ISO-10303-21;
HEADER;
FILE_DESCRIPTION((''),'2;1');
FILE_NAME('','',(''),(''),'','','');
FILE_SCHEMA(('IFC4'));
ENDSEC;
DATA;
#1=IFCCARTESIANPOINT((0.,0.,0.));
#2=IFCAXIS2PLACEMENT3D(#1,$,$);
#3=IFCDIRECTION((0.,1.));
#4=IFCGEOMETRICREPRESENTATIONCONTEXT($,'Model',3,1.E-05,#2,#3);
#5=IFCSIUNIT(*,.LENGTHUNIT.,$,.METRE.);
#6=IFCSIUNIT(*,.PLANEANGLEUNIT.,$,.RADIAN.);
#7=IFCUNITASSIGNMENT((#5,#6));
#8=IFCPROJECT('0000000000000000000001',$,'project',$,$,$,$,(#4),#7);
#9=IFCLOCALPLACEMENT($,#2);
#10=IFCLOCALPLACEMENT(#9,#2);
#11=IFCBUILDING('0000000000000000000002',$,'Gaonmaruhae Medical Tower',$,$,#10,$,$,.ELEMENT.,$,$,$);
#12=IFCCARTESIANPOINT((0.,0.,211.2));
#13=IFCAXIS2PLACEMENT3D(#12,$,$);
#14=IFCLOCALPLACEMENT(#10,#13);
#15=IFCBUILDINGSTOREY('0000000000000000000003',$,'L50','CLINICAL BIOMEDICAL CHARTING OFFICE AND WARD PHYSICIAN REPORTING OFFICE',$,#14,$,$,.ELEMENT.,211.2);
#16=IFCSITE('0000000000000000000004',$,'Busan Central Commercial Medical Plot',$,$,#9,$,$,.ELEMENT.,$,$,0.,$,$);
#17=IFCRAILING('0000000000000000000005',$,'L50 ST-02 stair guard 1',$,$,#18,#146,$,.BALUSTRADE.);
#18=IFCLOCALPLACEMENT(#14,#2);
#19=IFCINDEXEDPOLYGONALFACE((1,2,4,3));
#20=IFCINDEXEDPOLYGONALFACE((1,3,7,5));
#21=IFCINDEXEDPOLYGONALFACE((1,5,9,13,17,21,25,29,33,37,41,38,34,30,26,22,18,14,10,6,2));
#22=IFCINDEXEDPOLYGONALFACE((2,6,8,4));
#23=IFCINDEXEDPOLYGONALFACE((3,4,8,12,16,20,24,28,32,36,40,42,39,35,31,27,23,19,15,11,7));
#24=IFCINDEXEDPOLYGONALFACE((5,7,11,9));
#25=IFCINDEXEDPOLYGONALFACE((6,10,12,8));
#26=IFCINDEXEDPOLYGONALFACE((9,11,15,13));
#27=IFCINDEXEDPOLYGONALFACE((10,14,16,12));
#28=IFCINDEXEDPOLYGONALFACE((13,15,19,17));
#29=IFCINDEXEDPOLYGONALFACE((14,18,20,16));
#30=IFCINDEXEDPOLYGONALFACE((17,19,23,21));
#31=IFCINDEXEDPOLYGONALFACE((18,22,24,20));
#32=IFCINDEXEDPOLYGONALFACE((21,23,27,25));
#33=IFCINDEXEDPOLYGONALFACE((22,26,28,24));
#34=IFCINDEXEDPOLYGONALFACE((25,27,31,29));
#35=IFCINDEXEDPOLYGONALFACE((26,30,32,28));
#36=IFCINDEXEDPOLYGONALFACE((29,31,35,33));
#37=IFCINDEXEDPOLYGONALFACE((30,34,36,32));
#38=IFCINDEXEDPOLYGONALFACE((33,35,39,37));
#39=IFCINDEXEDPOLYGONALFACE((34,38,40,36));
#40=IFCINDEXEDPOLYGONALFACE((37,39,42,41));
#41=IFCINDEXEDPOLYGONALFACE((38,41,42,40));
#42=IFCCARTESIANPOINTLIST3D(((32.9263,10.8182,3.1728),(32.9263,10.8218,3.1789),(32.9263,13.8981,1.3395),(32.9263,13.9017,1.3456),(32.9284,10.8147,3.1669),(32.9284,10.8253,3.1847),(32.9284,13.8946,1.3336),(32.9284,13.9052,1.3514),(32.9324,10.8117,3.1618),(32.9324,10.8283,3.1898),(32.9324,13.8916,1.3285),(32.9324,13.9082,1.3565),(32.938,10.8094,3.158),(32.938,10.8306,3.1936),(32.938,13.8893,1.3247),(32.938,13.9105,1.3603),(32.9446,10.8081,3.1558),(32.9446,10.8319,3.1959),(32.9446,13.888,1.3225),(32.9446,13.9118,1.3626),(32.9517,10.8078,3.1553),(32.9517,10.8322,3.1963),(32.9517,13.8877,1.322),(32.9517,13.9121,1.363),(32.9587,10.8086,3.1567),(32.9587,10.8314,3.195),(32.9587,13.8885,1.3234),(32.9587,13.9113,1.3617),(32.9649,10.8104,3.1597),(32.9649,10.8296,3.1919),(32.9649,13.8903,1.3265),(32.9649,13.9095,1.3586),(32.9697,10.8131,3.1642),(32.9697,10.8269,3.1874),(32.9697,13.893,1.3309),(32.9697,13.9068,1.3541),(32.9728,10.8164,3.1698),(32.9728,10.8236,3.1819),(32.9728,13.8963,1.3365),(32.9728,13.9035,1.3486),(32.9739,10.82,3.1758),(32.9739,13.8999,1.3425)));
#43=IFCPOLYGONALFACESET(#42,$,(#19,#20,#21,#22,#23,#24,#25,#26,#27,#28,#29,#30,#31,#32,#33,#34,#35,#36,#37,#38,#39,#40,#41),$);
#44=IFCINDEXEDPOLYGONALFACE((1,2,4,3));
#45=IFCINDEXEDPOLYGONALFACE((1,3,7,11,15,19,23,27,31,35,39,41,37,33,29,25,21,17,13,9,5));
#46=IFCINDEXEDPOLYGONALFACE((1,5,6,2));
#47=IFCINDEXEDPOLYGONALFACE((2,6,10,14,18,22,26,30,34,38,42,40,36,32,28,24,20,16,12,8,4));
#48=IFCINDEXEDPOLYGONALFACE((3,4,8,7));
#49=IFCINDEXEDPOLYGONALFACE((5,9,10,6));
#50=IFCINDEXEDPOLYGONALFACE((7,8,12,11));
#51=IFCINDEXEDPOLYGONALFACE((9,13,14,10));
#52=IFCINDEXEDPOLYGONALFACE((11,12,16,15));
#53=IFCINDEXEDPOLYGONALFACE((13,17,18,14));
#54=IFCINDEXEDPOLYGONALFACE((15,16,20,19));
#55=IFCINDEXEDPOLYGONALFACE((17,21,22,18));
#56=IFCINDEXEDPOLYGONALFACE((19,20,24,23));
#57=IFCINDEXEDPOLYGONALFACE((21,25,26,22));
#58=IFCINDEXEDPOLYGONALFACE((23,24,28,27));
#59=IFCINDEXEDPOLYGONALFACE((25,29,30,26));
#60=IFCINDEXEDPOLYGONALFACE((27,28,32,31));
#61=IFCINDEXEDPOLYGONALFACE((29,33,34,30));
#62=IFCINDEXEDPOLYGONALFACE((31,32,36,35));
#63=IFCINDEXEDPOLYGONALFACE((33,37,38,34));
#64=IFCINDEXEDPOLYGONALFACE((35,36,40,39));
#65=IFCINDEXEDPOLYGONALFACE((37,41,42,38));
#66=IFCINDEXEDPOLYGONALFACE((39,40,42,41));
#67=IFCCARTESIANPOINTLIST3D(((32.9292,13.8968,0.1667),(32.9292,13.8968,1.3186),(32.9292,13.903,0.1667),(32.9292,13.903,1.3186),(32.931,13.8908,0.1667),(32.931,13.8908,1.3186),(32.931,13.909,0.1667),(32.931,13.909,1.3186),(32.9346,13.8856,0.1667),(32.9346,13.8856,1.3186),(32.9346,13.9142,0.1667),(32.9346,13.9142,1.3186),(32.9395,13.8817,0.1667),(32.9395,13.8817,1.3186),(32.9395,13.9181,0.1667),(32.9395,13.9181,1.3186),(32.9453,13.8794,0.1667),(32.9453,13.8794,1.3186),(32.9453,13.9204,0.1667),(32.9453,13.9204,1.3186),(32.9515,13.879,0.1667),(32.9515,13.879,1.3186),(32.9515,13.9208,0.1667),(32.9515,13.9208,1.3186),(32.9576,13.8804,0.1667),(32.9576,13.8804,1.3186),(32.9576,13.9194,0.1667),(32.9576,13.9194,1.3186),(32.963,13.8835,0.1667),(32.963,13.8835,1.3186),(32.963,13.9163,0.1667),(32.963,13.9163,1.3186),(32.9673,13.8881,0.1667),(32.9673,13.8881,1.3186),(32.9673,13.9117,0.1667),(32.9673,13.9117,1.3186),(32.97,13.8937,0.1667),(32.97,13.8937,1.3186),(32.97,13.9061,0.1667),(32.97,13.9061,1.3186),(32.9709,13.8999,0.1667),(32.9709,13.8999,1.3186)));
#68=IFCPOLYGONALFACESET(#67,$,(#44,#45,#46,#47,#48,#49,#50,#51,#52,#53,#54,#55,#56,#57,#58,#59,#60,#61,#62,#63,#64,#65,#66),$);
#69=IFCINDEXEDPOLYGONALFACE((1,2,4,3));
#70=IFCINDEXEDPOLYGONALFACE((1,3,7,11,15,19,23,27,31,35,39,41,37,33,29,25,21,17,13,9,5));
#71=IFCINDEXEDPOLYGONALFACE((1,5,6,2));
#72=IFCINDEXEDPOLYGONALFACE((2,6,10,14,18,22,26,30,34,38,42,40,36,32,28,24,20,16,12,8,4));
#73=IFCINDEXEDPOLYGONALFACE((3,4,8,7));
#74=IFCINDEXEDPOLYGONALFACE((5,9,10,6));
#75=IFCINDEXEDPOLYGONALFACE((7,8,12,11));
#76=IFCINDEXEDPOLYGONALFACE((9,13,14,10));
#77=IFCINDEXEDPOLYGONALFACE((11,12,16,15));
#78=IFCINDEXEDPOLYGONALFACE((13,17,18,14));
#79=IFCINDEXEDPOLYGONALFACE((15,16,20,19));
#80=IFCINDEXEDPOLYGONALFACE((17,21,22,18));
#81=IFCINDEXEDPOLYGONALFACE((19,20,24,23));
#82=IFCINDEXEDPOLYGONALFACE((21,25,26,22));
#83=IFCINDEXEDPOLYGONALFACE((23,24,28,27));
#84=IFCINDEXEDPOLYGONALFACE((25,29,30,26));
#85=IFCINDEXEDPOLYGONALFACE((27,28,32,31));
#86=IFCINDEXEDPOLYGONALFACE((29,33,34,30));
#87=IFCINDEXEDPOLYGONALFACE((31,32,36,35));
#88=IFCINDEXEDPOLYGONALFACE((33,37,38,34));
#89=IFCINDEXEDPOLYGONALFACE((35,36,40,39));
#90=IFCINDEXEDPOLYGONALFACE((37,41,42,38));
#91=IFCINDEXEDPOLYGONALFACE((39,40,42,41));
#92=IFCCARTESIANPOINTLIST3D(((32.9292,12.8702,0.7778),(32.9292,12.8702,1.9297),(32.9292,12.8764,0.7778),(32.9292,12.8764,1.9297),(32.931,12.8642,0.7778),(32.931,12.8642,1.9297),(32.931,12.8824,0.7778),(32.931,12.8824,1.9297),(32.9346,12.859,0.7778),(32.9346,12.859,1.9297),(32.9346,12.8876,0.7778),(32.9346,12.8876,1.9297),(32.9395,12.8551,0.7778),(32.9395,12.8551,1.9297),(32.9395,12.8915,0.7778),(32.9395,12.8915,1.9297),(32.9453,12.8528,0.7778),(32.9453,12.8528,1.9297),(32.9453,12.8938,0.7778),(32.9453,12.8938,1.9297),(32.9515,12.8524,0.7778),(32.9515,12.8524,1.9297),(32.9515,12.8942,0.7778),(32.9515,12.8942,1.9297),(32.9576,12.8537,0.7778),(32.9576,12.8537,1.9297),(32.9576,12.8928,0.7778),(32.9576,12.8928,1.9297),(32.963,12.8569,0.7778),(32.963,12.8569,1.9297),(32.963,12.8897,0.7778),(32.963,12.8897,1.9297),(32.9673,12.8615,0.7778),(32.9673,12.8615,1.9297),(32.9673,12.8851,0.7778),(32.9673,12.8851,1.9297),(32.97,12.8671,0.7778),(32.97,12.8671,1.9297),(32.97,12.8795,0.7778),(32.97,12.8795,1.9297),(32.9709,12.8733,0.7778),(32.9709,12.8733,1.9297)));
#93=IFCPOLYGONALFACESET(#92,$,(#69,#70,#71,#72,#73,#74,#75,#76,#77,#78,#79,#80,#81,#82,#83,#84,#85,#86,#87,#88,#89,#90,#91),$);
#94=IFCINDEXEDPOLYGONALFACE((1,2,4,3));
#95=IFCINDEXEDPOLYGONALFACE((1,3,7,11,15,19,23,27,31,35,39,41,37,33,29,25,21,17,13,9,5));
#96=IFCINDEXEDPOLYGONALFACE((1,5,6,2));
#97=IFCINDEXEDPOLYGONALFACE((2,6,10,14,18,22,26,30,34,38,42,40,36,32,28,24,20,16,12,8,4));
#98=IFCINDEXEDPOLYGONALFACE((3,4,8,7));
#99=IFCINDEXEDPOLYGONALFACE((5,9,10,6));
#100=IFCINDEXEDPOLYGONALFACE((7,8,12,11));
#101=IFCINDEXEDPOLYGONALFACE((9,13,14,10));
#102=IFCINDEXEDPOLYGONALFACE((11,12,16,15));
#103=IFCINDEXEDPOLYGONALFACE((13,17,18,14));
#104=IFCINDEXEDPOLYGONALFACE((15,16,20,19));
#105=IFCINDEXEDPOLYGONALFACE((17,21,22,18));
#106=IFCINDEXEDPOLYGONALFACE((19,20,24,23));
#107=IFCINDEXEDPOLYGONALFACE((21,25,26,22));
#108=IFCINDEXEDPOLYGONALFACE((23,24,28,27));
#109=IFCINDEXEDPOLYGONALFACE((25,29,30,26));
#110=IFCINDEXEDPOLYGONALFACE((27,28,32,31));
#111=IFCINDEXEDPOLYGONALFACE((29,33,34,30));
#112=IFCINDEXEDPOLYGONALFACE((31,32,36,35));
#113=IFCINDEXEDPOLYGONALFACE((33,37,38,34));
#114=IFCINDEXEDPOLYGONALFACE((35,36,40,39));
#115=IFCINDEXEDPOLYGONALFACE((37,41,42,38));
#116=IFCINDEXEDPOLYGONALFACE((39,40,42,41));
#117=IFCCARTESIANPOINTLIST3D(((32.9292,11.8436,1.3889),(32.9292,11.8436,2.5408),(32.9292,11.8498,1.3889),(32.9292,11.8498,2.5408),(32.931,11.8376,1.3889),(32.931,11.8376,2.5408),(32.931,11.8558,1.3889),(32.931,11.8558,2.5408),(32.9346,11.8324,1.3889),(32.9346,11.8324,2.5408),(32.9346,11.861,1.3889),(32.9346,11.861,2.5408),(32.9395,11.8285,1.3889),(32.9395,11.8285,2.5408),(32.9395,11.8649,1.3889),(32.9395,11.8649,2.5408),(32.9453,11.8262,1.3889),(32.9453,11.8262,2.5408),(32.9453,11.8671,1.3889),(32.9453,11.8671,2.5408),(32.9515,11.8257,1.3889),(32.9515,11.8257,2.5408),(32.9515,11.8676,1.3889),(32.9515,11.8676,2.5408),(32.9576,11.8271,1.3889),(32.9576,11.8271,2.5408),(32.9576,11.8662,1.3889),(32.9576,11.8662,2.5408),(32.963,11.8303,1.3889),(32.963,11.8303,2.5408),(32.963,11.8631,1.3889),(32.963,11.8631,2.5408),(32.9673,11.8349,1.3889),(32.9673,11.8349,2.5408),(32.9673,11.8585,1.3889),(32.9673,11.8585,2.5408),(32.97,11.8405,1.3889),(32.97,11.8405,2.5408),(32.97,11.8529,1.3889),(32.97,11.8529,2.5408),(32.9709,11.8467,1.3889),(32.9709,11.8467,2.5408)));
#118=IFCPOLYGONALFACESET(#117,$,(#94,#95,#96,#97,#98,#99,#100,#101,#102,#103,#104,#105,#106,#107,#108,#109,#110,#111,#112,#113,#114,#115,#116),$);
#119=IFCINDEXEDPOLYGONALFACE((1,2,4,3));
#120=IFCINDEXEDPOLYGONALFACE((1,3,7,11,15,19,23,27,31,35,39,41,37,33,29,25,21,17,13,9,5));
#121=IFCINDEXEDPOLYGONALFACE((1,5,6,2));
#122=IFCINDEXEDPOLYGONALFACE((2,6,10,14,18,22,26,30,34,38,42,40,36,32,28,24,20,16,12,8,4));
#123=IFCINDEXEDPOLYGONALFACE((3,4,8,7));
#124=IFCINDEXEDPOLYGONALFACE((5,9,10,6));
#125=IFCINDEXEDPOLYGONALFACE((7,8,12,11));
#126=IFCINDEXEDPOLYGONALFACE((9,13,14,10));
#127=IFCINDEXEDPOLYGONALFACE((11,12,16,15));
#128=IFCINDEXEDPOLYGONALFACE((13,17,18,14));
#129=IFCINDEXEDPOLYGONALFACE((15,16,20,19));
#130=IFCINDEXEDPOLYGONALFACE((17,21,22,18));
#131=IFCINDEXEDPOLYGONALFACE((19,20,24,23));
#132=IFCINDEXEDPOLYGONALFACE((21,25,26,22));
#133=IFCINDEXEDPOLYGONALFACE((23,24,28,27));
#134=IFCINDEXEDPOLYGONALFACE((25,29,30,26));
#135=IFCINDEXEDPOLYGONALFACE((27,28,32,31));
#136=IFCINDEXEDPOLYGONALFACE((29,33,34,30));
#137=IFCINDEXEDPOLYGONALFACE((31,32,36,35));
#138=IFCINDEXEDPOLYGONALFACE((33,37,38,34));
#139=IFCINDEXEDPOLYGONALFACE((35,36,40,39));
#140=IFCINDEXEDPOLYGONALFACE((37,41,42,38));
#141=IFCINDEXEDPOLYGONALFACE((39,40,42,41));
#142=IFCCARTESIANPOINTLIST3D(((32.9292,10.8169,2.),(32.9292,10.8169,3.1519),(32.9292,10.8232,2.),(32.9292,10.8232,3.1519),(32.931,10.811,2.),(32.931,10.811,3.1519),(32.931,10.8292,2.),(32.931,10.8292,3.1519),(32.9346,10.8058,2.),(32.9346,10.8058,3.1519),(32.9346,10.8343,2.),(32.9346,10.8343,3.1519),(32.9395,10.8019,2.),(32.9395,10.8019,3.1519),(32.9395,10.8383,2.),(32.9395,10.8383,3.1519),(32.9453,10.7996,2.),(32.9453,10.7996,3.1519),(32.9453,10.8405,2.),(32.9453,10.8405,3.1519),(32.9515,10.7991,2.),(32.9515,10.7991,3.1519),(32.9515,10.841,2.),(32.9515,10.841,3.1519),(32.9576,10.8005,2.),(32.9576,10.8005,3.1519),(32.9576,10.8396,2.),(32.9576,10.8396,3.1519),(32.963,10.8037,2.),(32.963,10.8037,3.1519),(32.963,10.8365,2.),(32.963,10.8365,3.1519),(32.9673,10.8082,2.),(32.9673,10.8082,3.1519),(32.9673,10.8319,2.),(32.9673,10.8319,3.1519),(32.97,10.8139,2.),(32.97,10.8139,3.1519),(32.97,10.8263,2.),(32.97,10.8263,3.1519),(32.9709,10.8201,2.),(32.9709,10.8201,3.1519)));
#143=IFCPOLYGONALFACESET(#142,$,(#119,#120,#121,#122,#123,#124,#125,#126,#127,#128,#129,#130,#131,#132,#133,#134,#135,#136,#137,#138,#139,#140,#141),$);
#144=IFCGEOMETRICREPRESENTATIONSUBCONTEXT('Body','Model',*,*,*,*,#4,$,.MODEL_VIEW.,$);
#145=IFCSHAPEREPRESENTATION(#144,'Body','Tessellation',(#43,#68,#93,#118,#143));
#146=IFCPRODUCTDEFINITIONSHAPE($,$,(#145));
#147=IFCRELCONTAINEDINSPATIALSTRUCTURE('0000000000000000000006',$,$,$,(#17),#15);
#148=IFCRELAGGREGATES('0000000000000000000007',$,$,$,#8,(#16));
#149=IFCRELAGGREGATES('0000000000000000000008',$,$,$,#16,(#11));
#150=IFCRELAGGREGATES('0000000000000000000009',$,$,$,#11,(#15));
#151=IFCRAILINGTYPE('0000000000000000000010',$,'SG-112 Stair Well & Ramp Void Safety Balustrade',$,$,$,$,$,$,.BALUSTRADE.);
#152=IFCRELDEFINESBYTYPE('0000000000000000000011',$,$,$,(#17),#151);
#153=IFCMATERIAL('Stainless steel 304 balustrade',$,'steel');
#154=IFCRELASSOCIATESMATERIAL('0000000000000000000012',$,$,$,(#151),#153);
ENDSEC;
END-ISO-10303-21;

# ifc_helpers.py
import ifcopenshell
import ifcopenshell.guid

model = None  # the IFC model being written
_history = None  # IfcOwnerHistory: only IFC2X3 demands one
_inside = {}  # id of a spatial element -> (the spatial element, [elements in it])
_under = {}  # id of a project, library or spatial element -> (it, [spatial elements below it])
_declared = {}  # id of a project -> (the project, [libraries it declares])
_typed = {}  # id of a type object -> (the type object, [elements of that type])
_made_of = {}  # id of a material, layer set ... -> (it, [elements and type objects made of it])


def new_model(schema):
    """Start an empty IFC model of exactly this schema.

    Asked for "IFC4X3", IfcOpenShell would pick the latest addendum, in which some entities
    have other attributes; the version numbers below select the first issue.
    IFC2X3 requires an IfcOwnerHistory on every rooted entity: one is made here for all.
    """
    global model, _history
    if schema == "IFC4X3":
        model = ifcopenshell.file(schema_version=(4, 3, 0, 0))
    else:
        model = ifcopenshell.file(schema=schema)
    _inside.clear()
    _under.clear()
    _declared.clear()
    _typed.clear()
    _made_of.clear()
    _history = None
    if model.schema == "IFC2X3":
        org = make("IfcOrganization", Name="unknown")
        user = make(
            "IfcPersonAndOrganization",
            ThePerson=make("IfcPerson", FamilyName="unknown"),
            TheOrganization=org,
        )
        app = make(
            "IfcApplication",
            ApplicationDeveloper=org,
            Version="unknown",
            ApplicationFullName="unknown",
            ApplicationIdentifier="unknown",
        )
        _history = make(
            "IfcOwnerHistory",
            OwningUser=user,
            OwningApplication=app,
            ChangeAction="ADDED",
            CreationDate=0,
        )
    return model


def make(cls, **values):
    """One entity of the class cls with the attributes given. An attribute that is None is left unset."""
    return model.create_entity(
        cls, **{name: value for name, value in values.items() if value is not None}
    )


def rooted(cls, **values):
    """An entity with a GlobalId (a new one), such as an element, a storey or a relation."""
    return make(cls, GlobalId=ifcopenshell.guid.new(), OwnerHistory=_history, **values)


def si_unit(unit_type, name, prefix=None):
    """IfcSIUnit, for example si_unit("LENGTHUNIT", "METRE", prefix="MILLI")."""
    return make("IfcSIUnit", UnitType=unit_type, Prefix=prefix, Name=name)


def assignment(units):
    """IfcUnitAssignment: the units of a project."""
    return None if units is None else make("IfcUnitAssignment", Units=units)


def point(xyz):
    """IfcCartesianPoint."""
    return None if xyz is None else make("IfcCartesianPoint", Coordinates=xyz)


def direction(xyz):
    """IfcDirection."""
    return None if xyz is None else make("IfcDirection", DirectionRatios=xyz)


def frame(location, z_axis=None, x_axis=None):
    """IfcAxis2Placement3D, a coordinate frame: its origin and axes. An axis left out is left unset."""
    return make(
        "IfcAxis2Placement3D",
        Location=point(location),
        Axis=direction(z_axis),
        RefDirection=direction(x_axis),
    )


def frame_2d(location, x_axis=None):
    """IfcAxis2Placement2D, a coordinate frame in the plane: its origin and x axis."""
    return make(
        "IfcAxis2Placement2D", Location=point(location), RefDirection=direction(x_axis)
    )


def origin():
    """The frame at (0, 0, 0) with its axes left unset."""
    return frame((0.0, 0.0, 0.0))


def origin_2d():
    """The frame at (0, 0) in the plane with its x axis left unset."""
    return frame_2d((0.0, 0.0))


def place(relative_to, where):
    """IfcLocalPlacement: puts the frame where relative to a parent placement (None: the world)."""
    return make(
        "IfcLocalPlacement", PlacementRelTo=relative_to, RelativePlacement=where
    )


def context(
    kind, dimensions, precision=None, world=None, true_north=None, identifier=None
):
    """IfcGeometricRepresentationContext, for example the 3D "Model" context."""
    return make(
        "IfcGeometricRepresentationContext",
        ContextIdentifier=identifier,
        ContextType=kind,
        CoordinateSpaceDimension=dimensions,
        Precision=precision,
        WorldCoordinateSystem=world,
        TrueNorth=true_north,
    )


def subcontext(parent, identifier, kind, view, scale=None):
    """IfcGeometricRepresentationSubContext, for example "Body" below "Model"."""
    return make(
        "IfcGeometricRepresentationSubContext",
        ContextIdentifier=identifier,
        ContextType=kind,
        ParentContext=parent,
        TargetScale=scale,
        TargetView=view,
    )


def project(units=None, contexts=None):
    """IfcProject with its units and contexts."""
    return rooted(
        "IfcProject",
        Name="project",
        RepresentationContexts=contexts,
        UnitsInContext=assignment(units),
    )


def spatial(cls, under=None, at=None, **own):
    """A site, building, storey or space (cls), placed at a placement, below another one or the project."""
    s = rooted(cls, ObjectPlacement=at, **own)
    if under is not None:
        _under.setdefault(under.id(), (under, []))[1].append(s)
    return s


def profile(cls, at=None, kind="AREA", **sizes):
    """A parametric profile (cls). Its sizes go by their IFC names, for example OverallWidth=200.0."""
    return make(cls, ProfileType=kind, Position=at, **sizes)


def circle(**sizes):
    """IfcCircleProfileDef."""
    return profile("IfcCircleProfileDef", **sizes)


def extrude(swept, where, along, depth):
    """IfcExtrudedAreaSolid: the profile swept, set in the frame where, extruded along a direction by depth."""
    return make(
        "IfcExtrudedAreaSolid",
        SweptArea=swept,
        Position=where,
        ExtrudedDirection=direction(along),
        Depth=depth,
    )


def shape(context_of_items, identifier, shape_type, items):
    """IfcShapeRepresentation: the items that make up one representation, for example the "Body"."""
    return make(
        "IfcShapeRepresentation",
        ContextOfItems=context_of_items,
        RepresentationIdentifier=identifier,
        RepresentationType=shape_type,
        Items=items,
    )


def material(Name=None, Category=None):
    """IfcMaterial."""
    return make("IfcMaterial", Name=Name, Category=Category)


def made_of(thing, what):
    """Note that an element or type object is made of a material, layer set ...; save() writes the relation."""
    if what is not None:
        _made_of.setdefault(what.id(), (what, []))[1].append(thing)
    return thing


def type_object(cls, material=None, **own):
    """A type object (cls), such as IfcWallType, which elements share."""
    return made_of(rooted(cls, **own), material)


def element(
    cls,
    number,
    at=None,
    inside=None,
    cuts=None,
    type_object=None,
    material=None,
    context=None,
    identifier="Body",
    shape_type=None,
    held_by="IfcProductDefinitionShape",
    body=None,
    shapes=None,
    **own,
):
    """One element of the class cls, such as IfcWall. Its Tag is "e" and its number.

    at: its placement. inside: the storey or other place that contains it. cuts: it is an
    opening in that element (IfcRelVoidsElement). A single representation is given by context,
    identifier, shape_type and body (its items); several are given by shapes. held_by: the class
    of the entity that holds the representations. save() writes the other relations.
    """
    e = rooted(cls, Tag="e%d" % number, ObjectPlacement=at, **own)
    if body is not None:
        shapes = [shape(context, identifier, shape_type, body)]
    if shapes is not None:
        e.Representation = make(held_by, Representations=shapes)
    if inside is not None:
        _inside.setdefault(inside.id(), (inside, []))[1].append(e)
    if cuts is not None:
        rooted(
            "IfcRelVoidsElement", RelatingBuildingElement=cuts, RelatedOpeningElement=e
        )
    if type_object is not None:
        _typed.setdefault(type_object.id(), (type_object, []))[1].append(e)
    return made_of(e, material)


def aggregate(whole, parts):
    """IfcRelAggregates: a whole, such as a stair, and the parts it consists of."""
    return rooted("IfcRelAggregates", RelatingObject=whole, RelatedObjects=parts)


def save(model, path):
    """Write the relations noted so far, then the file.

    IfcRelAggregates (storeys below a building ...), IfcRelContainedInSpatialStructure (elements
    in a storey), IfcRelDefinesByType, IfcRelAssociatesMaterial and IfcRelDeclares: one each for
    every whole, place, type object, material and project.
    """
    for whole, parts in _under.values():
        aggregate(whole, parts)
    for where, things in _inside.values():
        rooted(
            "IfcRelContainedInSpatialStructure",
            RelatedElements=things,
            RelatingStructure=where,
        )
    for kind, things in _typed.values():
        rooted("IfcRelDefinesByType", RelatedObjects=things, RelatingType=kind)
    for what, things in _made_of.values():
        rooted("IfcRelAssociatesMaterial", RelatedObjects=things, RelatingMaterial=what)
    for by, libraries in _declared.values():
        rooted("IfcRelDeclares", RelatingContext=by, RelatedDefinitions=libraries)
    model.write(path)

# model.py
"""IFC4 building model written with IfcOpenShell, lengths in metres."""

from ifc_helpers import new_model, si_unit, direction, frame, origin, origin_2d, place, context, subcontext, project, spatial, circle, extrude, material, type_object, element, save


model = new_model("IFC4")

# Units and contexts
model_context = context("Model", 3, precision=1e-05, world=origin(), true_north=direction((0.0, 1.0)))
body_context = subcontext(model_context, "Body", "Model", "MODEL_VIEW")
ifc_project = project(units=[si_unit("LENGTHUNIT", "METRE"), si_unit("PLANEANGLEUNIT", "RADIAN")], contexts=[model_context])

# Site, building, storey
site_placement = place(None, origin())
site = spatial("IfcSite", under=ifc_project, at=site_placement, Name="Busan Central Commercial Medical Plot", CompositionType="ELEMENT", RefElevation=0.0)
building_placement = place(site_placement, origin())
building = spatial("IfcBuilding", under=site, at=building_placement, Name="Gaonmaruhae Medical Tower", CompositionType="ELEMENT")
storey_placement = place(building_placement, frame((0.0, 0.0, 211.2)))
storey = spatial("IfcBuildingStorey", under=building, at=storey_placement, Name="L50", Description="CLINICAL BIOMEDICAL CHARTING OFFICE AND WARD PHYSICIAN REPORTING OFFICE", CompositionType="ELEMENT", Elevation=211.2)

# Railing
ifc_material_1 = material(Name="Stainless steel 304 balustrade", Category="steel")
railing_type_1 = type_object("IfcRailingType", Name="SG-112 Stair Well & Ramp Void Safety Balustrade", PredefinedType="BALUSTRADE", material=ifc_material_1)
railing_1_placement = place(storey_placement, frame((32.95, 13.8999, 0.1667)))
element("IfcRailing", 1, at=railing_1_placement, inside=storey, type_object=railing_type_1, Name="L50 ST-02 stair guard 1", PredefinedType="BALUSTRADE", context=body_context, shape_type="SweptSolid", body=[
    extrude(circle(Radius=0.0239, at=origin_2d()), frame((0.0, 0.0, 1.1758), z_axis=(0.0, -0.859291, 0.511487), x_axis=(1.0, 0.0, 0.0)), (0.0, 0.0, 1.0), 3.5842),
    extrude(circle(Radius=0.021, at=origin_2d()), origin(), (0.0, 0.0, 1.0), 1.1519),
    extrude(circle(Radius=0.021, at=origin_2d()), frame((0.0, -1.0266, 0.6111)), (0.0, 0.0, 1.0), 1.1519),
    extrude(circle(Radius=0.021, at=origin_2d()), frame((0.0, -2.0532, 1.2222)), (0.0, 0.0, 1.0), 1.1519),
    extrude(circle(Radius=0.021, at=origin_2d()), frame((0.0, -3.0798, 1.8333)), (0.0, 0.0, 1.0), 1.1519),
])

save(model, "model.ifc")
